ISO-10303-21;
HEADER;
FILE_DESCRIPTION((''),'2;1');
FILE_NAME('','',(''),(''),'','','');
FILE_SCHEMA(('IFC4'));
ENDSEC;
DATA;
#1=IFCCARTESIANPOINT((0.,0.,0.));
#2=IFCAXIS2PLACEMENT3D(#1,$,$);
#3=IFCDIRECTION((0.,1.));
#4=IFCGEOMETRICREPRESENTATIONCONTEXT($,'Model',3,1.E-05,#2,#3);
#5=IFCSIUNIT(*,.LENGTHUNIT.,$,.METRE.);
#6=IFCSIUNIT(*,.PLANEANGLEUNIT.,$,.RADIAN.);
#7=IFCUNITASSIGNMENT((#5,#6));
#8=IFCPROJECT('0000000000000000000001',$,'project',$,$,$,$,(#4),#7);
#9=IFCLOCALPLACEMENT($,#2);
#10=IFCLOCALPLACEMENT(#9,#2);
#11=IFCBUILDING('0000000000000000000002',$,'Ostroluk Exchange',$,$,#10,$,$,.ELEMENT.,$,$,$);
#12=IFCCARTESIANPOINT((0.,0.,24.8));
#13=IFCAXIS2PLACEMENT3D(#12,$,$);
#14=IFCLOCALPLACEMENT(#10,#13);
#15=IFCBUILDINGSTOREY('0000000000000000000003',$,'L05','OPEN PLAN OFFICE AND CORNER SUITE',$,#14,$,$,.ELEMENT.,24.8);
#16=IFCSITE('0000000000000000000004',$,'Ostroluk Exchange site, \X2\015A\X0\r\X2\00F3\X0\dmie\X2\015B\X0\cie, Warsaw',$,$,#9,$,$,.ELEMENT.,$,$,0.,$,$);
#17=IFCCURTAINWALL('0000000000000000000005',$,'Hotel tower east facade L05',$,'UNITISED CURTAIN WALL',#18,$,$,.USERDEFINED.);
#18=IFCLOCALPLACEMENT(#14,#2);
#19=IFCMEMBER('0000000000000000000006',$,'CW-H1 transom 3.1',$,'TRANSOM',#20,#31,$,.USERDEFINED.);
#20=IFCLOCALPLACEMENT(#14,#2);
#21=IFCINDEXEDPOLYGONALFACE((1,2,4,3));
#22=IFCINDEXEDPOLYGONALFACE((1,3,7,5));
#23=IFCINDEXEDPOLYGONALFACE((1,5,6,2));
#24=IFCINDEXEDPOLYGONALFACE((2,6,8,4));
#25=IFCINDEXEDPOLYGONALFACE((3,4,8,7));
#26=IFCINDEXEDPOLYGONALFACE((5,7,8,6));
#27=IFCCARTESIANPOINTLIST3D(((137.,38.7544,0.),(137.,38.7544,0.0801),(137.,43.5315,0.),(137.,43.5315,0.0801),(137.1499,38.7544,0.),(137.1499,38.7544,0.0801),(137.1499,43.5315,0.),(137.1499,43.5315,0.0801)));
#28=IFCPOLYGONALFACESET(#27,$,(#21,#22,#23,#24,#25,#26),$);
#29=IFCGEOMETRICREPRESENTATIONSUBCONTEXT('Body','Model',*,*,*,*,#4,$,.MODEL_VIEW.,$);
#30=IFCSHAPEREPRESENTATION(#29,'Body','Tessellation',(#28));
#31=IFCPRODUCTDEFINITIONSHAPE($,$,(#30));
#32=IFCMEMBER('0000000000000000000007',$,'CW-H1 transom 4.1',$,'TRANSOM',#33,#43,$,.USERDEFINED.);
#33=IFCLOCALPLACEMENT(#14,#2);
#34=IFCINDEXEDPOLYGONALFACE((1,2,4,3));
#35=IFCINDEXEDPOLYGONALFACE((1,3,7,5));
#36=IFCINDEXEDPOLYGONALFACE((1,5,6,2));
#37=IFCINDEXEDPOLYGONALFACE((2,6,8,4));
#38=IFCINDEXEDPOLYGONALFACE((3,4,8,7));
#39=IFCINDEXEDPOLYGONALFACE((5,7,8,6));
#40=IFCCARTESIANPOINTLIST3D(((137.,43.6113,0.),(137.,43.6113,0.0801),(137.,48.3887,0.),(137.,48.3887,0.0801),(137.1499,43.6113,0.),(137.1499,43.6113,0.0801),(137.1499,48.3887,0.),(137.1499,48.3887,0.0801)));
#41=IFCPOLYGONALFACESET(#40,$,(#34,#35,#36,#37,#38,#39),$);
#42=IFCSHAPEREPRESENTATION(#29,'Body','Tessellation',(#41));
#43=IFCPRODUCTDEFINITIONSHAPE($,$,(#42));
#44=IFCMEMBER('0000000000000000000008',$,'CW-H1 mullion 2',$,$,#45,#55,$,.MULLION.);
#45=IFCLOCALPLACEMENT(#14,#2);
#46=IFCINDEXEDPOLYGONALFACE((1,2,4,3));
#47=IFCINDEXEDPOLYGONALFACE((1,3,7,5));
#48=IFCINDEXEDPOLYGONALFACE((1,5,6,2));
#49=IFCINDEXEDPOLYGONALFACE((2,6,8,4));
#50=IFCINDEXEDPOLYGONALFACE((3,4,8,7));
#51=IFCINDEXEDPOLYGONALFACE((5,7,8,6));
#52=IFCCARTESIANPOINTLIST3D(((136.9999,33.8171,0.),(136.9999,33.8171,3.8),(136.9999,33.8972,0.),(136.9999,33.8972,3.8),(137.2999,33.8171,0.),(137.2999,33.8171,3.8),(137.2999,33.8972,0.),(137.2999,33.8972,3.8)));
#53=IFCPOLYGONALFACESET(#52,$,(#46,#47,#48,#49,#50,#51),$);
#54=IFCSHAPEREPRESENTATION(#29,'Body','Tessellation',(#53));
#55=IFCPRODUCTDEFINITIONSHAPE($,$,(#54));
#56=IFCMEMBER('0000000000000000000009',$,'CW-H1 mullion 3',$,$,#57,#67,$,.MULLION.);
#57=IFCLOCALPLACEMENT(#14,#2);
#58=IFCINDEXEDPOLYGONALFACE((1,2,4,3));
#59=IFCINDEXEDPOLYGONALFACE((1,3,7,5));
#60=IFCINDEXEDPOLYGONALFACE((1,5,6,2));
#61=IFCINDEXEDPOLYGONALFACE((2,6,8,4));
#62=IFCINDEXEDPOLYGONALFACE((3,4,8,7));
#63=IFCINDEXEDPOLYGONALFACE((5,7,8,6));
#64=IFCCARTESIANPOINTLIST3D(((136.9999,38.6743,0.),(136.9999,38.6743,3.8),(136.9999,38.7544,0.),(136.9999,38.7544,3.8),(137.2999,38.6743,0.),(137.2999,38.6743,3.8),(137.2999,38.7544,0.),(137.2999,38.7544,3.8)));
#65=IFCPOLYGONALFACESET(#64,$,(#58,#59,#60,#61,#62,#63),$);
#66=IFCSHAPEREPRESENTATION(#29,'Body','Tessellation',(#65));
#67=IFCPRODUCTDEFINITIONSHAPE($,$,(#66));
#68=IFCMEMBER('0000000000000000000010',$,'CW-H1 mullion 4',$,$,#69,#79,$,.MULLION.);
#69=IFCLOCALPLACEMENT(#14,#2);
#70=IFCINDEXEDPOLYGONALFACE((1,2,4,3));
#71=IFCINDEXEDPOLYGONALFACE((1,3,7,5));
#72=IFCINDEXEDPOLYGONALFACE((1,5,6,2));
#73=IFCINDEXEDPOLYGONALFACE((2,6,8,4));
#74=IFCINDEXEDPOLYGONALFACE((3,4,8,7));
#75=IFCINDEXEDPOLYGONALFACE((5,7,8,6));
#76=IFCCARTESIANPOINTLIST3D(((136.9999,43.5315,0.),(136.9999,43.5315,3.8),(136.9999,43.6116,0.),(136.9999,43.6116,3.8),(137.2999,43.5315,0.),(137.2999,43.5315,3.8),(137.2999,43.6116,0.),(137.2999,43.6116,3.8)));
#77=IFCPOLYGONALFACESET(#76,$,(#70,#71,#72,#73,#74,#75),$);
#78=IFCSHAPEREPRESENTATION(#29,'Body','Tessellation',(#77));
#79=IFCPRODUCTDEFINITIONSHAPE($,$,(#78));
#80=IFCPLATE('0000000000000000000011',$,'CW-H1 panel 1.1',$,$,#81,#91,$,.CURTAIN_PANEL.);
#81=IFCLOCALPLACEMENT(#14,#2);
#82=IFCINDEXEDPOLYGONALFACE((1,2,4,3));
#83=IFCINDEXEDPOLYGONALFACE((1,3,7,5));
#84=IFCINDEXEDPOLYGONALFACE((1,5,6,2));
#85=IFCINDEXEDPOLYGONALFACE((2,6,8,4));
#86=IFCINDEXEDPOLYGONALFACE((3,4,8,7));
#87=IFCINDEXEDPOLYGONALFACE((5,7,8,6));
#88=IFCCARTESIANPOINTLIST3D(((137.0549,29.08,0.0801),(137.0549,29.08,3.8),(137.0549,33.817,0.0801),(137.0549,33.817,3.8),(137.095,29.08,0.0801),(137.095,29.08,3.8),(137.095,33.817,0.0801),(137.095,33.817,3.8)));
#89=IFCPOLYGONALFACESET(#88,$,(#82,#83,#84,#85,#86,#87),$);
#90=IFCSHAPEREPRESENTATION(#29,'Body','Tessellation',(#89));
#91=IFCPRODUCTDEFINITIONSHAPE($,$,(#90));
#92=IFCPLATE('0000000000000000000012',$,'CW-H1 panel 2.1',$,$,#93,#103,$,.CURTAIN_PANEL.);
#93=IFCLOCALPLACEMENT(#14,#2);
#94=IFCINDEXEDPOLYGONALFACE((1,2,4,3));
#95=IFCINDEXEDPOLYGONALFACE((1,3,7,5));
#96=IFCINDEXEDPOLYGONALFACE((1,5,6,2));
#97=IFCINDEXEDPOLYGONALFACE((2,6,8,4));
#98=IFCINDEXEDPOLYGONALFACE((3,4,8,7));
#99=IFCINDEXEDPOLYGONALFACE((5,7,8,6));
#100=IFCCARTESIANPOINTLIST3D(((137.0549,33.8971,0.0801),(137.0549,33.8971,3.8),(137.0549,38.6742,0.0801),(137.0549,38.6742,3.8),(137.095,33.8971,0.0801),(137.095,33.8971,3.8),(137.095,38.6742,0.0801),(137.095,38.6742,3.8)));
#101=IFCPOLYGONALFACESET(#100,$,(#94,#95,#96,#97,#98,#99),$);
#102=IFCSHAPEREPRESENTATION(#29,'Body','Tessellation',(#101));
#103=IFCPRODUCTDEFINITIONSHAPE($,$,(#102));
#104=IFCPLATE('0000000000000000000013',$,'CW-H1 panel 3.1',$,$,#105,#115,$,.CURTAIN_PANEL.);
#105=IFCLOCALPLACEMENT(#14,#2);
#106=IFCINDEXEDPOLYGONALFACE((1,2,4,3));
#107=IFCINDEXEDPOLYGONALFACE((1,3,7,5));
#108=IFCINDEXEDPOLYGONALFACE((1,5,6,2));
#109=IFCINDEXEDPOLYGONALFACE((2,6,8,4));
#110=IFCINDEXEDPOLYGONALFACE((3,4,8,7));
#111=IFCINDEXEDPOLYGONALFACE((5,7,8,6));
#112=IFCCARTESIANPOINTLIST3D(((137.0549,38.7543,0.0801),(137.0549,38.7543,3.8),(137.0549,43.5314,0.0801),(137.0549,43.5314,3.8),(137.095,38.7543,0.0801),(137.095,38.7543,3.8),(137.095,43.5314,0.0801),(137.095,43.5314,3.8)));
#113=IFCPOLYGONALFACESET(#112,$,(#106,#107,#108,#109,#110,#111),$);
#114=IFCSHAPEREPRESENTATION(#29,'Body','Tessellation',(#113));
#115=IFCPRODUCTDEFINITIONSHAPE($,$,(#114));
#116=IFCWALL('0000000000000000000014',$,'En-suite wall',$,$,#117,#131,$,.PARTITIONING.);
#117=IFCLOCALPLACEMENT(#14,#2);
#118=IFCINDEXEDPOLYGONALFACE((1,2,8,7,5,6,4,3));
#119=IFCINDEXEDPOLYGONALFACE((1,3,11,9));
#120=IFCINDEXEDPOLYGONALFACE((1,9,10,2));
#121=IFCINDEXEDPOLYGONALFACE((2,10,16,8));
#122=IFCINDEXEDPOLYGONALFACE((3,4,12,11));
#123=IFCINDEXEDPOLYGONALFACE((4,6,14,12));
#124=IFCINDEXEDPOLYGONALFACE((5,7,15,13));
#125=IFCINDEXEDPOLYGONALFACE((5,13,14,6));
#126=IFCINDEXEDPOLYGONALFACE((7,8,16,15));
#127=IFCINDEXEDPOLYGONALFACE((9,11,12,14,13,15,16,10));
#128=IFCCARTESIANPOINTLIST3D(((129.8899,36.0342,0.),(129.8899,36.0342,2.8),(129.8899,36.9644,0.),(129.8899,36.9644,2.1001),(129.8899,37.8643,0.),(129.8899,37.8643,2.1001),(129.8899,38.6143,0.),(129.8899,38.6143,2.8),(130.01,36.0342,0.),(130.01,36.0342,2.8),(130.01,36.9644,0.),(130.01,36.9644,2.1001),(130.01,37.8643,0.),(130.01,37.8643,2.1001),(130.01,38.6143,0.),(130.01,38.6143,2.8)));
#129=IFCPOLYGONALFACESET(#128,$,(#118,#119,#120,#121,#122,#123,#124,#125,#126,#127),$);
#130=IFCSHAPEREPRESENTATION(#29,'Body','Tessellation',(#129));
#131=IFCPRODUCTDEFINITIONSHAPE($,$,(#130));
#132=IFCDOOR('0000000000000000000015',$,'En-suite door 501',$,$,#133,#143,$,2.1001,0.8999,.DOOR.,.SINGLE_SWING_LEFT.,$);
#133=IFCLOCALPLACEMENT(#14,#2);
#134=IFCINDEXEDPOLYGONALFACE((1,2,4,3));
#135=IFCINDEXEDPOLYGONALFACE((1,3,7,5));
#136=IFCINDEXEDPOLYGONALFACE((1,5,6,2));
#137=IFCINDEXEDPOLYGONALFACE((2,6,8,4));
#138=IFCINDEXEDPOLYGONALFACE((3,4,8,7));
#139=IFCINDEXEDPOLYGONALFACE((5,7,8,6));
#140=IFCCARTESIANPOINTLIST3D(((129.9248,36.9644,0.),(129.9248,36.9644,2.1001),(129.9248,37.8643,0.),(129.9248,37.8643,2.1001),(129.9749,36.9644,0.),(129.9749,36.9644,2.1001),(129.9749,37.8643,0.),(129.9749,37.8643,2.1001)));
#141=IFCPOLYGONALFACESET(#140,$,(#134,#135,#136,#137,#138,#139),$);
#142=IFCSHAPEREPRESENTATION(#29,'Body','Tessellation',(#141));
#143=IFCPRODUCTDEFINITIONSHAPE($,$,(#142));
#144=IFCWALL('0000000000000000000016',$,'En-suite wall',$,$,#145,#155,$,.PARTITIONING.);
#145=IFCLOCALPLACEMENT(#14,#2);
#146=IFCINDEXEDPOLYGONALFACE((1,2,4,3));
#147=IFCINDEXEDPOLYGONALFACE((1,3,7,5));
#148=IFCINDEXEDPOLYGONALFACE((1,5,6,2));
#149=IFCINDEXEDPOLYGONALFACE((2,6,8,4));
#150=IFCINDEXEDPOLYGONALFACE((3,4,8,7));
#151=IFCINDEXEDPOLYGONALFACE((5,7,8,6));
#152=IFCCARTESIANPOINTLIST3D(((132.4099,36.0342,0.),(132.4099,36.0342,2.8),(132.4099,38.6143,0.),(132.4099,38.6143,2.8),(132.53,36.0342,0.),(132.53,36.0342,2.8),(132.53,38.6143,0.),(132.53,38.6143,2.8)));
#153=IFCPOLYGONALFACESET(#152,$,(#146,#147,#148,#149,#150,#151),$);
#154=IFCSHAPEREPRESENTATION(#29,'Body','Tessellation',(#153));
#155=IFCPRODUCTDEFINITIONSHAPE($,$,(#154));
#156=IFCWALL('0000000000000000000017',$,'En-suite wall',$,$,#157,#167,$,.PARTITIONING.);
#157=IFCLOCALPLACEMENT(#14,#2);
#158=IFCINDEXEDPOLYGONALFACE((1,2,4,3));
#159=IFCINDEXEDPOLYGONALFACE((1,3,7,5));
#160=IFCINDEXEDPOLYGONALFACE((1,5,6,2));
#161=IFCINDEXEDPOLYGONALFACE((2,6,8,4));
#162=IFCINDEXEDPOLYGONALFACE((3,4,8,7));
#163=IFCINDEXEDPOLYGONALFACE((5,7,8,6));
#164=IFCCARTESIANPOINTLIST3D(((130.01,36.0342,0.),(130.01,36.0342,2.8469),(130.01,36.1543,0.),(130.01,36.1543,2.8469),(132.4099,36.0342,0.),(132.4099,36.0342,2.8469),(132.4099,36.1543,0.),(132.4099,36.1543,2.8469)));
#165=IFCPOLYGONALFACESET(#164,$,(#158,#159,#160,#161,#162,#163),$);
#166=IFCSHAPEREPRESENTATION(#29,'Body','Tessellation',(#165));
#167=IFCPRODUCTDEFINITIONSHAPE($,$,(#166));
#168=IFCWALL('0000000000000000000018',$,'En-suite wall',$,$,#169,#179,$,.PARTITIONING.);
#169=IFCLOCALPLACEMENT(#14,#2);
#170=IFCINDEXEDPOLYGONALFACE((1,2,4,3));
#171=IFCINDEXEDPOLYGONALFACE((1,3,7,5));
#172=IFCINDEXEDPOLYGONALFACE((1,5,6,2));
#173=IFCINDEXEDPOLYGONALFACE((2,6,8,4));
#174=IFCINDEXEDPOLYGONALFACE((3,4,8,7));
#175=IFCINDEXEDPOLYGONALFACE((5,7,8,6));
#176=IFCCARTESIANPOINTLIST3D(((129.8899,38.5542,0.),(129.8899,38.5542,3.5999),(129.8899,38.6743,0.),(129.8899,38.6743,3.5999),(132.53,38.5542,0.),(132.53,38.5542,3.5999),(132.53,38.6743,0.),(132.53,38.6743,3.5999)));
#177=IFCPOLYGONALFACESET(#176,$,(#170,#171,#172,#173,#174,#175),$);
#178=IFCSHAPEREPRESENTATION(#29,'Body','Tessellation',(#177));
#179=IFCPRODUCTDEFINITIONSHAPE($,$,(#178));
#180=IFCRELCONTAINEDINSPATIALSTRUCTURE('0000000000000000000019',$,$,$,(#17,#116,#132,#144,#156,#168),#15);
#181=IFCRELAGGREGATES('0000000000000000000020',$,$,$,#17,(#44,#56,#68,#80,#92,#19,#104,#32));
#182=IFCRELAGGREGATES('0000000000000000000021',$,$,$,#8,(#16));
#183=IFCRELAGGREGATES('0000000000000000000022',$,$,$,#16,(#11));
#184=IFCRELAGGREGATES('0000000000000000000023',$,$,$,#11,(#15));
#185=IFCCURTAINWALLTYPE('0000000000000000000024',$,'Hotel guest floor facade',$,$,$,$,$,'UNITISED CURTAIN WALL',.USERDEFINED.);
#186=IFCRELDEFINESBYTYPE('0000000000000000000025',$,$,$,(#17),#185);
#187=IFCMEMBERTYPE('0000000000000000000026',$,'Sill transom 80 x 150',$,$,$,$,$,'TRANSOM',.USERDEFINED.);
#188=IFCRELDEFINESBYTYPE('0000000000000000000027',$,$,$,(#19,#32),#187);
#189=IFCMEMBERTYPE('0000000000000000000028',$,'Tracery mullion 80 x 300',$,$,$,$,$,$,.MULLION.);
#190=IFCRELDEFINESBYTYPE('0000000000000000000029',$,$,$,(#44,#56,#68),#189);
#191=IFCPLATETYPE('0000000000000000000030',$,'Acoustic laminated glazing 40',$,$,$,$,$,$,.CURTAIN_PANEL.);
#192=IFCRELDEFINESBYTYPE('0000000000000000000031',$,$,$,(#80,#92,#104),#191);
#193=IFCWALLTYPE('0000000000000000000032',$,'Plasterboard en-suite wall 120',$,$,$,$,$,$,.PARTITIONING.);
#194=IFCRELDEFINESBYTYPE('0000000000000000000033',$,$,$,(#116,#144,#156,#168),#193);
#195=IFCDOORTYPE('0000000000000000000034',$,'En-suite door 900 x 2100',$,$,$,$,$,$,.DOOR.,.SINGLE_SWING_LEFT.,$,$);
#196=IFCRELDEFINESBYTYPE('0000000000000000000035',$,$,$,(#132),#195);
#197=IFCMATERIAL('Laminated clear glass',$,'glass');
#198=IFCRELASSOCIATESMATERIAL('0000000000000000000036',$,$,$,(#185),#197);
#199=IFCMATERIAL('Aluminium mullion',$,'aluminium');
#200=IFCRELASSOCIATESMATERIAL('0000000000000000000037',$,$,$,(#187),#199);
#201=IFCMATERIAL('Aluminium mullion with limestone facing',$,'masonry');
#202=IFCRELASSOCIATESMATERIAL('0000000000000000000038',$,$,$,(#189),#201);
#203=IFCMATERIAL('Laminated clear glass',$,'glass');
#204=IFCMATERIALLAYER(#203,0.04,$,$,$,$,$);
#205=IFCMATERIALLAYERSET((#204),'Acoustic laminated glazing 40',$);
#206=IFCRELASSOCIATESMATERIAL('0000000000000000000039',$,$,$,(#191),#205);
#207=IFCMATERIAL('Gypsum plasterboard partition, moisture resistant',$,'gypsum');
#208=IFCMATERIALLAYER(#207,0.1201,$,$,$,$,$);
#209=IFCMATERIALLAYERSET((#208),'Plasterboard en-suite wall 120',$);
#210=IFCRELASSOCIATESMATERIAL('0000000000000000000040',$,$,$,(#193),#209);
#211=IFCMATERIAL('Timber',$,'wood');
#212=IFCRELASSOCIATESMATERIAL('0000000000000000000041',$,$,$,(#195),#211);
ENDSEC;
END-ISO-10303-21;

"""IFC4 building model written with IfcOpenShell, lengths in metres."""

from ifc_helpers import new_model, si_unit, direction, frame, frame_2d, origin, origin_2d, place, context, subcontext, project, spatial, rectangle, extrude, material, layer, layer_set, material_profile, profile_set, type_object, element, fill, aggregate, save


model = new_model("IFC4")

# Units and contexts
model_context = context("Model", 3, precision=1e-05, world=origin(), true_north=direction((0.0, 1.0)))
body_context = subcontext(model_context, "Body", "Model", "MODEL_VIEW")
ifc_project = project(units=[si_unit("LENGTHUNIT", "METRE"), si_unit("PLANEANGLEUNIT", "RADIAN")], contexts=[model_context])

# Site, building, storey
site_placement = place(None, origin())
site = spatial("IfcSite", under=ifc_project, at=site_placement, Name="Ostroluk Exchange site, Śródmieście, Warsaw", CompositionType="ELEMENT", RefElevation=0.0)
building_placement = place(site_placement, origin())
building = spatial("IfcBuilding", under=site, at=building_placement, Name="Ostroluk Exchange", CompositionType="ELEMENT")
storey_placement = place(building_placement, frame((0.0, 0.0, 24.8)))
storey = spatial("IfcBuildingStorey", under=building, at=storey_placement, Name="L05", Description="OPEN PLAN OFFICE AND CORNER SUITE", CompositionType="ELEMENT", Elevation=24.8)

# Curtain wall, members, plates
ifc_material_1 = material(Name="Laminated clear glass", Category="glass")
curtain_wall_type = type_object("IfcCurtainWallType", Name="Hotel guest floor facade", ElementType="UNITISED CURTAIN WALL", PredefinedType="USERDEFINED", material=ifc_material_1)
curtain_wall_placement = place(storey_placement, origin())
curtain_wall = element("IfcCurtainWall", 1, at=curtain_wall_placement, inside=storey, type_object=curtain_wall_type, Name="Hotel tower east facade L05", ObjectType="UNITISED CURTAIN WALL", PredefinedType="USERDEFINED")
ifc_material_2 = material(Name="Aluminium mullion", Category="aluminium")
ifc_material_profile_1 = material_profile(ifc_material_2, rectangle(XDim=0.1499, YDim=0.0801, at=origin_2d()), Name="Sill transom 80 x 150")
ifc_profile_set_1 = profile_set([ifc_material_profile_1], Name="Aluminium mullion")
member_type_1 = type_object("IfcMemberType", Name="Sill transom 80 x 150", ElementType="TRANSOM", PredefinedType="USERDEFINED", material=ifc_profile_set_1)
member_1_placement = place(storey_placement, frame((137.075, 38.7544, 0.04), z_axis=(0.0, 1.0, 0.0), x_axis=(-1.0, 0.0, 0.0)))
member_1 = element("IfcMember", 2, at=member_1_placement, type_object=member_type_1, Name="CW-H1 transom 3.1", ObjectType="TRANSOM", PredefinedType="USERDEFINED", context=body_context, shape_type="SweptSolid", body=[
    extrude(rectangle(XDim=0.1499, YDim=0.0801, at=origin_2d()), origin(), (0.0, 0.0, 1.0), 4.7771),
])
member_2_placement = place(storey_placement, frame((137.075, 43.6113, 0.04), z_axis=(0.0, 1.0, 0.0), x_axis=(-1.0, 0.0, 0.0)))
member_2 = element("IfcMember", 3, at=member_2_placement, type_object=member_type_1, Name="CW-H1 transom 4.1", ObjectType="TRANSOM", PredefinedType="USERDEFINED", context=body_context, shape_type="SweptSolid", body=[
    extrude(rectangle(XDim=0.1499, YDim=0.0801, at=origin_2d()), origin(), (0.0, 0.0, 1.0), 4.7773),
])
ifc_material_3 = material(Name="Aluminium mullion with limestone facing", Category="masonry")
ifc_material_profile_2 = material_profile(ifc_material_3, rectangle(XDim=0.3, YDim=0.0801, at=origin_2d()), Name="Tracery mullion 80 x 300")
ifc_profile_set_2 = profile_set([ifc_material_profile_2], Name="Aluminium mullion with limestone facing")
member_type_2 = type_object("IfcMemberType", Name="Tracery mullion 80 x 300", PredefinedType="MULLION", material=ifc_profile_set_2)
member_3_placement = place(storey_placement, frame((137.1499, 33.8572, 0.0), z_axis=(0.0, 0.0, 1.0), x_axis=(-1.0, 0.0, 0.0)))
member_3 = element("IfcMember", 4, at=member_3_placement, type_object=member_type_2, Name="CW-H1 mullion 2", PredefinedType="MULLION", context=body_context, shape_type="SweptSolid", body=[
    extrude(rectangle(XDim=0.3, YDim=0.0801, at=origin_2d()), origin(), (0.0, 0.0, 1.0), 3.8),
])
member_4_placement = place(storey_placement, frame((137.1499, 38.7144, 0.0), z_axis=(0.0, 0.0, 1.0), x_axis=(-1.0, 0.0, 0.0)))
member_4 = element("IfcMember", 5, at=member_4_placement, type_object=member_type_2, Name="CW-H1 mullion 3", PredefinedType="MULLION", context=body_context, shape_type="SweptSolid", body=[
    extrude(rectangle(XDim=0.3, YDim=0.0801, at=origin_2d()), origin(), (0.0, 0.0, 1.0), 3.8),
])
member_5_placement = place(storey_placement, frame((137.1499, 43.5715, 0.0), z_axis=(0.0, 0.0, 1.0), x_axis=(-1.0, 0.0, 0.0)))
member_5 = element("IfcMember", 6, at=member_5_placement, type_object=member_type_2, Name="CW-H1 mullion 4", PredefinedType="MULLION", context=body_context, shape_type="SweptSolid", body=[
    extrude(rectangle(XDim=0.3, YDim=0.0801, at=origin_2d()), origin(), (0.0, 0.0, 1.0), 3.8),
])
ifc_material_4 = material(Name="Laminated clear glass", Category="glass")
ifc_layer_1 = layer(ifc_material_4, 0.04)
ifc_layer_set_1 = layer_set([ifc_layer_1], Name="Acoustic laminated glazing 40")
plate_type = type_object("IfcPlateType", Name="Acoustic laminated glazing 40", PredefinedType="CURTAIN_PANEL", material=ifc_layer_set_1)
plate_1_placement = place(storey_placement, frame((137.075, 31.4485, 0.0801), z_axis=(0.0, 0.0, 1.0), x_axis=(0.0, 1.0, 0.0)))
plate_1 = element("IfcPlate", 7, at=plate_1_placement, type_object=plate_type, Name="CW-H1 panel 1.1", PredefinedType="CURTAIN_PANEL", context=body_context, shape_type="SweptSolid", body=[
    extrude(rectangle(XDim=4.7371, YDim=0.04, at=origin_2d()), origin(), (0.0, 0.0, 1.0), 3.72),
])
plate_2_placement = place(storey_placement, frame((137.075, 36.2856, 0.0801), z_axis=(0.0, 0.0, 1.0), x_axis=(0.0, 1.0, 0.0)))
plate_2 = element("IfcPlate", 8, at=plate_2_placement, type_object=plate_type, Name="CW-H1 panel 2.1", PredefinedType="CURTAIN_PANEL", context=body_context, shape_type="SweptSolid", body=[
    extrude(rectangle(XDim=4.7771, YDim=0.04, at=origin_2d()), origin(), (0.0, 0.0, 1.0), 3.72),
])
plate_3_placement = place(storey_placement, frame((137.075, 41.1428, 0.0801), z_axis=(0.0, 0.0, 1.0), x_axis=(0.0, 1.0, 0.0)))
plate_3 = element("IfcPlate", 9, at=plate_3_placement, type_object=plate_type, Name="CW-H1 panel 3.1", PredefinedType="CURTAIN_PANEL", context=body_context, shape_type="SweptSolid", body=[
    extrude(rectangle(XDim=4.7771, YDim=0.04, at=origin_2d()), origin(), (0.0, 0.0, 1.0), 3.72),
])
aggregate(curtain_wall, [member_3, member_4, member_5, plate_1, plate_2, member_1, plate_3, member_2])

# Wall, opening, door
ifc_material_5 = material(Name="Gypsum plasterboard partition, moisture resistant", Category="gypsum")
ifc_layer_2 = layer(ifc_material_5, 0.1201)
ifc_layer_set_2 = layer_set([ifc_layer_2], Name="Plasterboard en-suite wall 120")
wall_type_1 = type_object("IfcWallType", Name="Plasterboard en-suite wall 120", PredefinedType="PARTITIONING", material=ifc_layer_set_2)
wall_1_placement = place(storey_placement, frame((129.95, 38.6143, 0.0), z_axis=(0.0, 0.0, 1.0), x_axis=(0.0, -1.0, 0.0)))
wall_1 = element("IfcWall", 10, at=wall_1_placement, inside=storey, type_object=wall_type_1, Name="En-suite wall", PredefinedType="PARTITIONING", context=body_context, shape_type="SweptSolid", body=[
    extrude(rectangle(XDim=2.5801, YDim=0.1201, at=frame_2d((1.29, 0.0))), origin(), (0.0, 0.0, 1.0), 2.8),
])
opening_1_placement = place(wall_1_placement, frame((0.75, 0.0, 0.0)))
opening_1 = element("IfcOpeningElement", 11, at=opening_1_placement, cuts=wall_1, PredefinedType="OPENING", context=body_context, shape_type="SweptSolid", body=[
    extrude(rectangle(XDim=0.8999, YDim=2.1001, at=frame_2d((0.45, 1.05))), frame((0.0, 0.0701, 0.0), z_axis=(0.0, -1.0, 0.0), x_axis=(1.0, 0.0, 0.0)), (0.0, 0.0, 1.0), 0.1401),
])
ifc_material_6 = material(Name="Timber", Category="wood")
door_type_1 = type_object("IfcDoorType", Name="En-suite door 900 x 2100", OperationType="SINGLE_SWING_LEFT", PredefinedType="DOOR", material=ifc_material_6)
door_1_placement = place(opening_1_placement, origin())
door_1 = element("IfcDoor", 12, at=door_1_placement, inside=storey, type_object=door_type_1, Name="En-suite door 501", OperationType="SINGLE_SWING_LEFT", OverallHeight=2.1001, OverallWidth=0.8999, PredefinedType="DOOR", context=body_context, shape_type="SweptSolid", body=[
    extrude(rectangle(XDim=0.8999, YDim=2.1001, at=frame_2d((0.45, 1.05))), frame((0.0, 0.0249, 0.0), z_axis=(0.0, -1.0, 0.0), x_axis=(1.0, 0.0, 0.0)), (0.0, 0.0, 1.0), 0.05),
])
fill(opening_1, door_1)

# Walls
wall_2_placement = place(storey_placement, frame((132.47, 38.6143, 0.0), z_axis=(0.0, 0.0, 1.0), x_axis=(0.0, -1.0, 0.0)))
element("IfcWall", 13, at=wall_2_placement, inside=storey, type_object=wall_type_1, Name="En-suite wall", PredefinedType="PARTITIONING", context=body_context, shape_type="SweptSolid", body=[
    extrude(rectangle(XDim=2.5801, YDim=0.1201, at=frame_2d((1.29, 0.0))), origin(), (0.0, 0.0, 1.0), 2.8),
])
wall_3_placement = place(storey_placement, frame((130.01, 36.0942, 0.0), z_axis=(0.0, 0.0, 1.0), x_axis=(1.0, 0.0, 0.0)))
element("IfcWall", 14, at=wall_3_placement, inside=storey, type_object=wall_type_1, Name="En-suite wall", PredefinedType="PARTITIONING", context=body_context, shape_type="SweptSolid", body=[
    extrude(rectangle(XDim=2.3999, YDim=0.1201, at=frame_2d((1.2, 0.0))), origin(), (0.0, 0.0, 1.0), 2.8469),
])
wall_4_placement = place(storey_placement, frame((129.8899, 38.6143, 0.0), z_axis=(0.0, 0.0, 1.0), x_axis=(1.0, 0.0, 0.0)))
element("IfcWall", 15, at=wall_4_placement, inside=storey, type_object=wall_type_1, Name="En-suite wall", PredefinedType="PARTITIONING", context=body_context, shape_type="SweptSolid", body=[
    extrude(rectangle(XDim=2.6401, YDim=0.1201, at=frame_2d((1.3201, 0.0))), origin(), (0.0, 0.0, 1.0), 3.5999),
])

save(model, "model.ifc")
